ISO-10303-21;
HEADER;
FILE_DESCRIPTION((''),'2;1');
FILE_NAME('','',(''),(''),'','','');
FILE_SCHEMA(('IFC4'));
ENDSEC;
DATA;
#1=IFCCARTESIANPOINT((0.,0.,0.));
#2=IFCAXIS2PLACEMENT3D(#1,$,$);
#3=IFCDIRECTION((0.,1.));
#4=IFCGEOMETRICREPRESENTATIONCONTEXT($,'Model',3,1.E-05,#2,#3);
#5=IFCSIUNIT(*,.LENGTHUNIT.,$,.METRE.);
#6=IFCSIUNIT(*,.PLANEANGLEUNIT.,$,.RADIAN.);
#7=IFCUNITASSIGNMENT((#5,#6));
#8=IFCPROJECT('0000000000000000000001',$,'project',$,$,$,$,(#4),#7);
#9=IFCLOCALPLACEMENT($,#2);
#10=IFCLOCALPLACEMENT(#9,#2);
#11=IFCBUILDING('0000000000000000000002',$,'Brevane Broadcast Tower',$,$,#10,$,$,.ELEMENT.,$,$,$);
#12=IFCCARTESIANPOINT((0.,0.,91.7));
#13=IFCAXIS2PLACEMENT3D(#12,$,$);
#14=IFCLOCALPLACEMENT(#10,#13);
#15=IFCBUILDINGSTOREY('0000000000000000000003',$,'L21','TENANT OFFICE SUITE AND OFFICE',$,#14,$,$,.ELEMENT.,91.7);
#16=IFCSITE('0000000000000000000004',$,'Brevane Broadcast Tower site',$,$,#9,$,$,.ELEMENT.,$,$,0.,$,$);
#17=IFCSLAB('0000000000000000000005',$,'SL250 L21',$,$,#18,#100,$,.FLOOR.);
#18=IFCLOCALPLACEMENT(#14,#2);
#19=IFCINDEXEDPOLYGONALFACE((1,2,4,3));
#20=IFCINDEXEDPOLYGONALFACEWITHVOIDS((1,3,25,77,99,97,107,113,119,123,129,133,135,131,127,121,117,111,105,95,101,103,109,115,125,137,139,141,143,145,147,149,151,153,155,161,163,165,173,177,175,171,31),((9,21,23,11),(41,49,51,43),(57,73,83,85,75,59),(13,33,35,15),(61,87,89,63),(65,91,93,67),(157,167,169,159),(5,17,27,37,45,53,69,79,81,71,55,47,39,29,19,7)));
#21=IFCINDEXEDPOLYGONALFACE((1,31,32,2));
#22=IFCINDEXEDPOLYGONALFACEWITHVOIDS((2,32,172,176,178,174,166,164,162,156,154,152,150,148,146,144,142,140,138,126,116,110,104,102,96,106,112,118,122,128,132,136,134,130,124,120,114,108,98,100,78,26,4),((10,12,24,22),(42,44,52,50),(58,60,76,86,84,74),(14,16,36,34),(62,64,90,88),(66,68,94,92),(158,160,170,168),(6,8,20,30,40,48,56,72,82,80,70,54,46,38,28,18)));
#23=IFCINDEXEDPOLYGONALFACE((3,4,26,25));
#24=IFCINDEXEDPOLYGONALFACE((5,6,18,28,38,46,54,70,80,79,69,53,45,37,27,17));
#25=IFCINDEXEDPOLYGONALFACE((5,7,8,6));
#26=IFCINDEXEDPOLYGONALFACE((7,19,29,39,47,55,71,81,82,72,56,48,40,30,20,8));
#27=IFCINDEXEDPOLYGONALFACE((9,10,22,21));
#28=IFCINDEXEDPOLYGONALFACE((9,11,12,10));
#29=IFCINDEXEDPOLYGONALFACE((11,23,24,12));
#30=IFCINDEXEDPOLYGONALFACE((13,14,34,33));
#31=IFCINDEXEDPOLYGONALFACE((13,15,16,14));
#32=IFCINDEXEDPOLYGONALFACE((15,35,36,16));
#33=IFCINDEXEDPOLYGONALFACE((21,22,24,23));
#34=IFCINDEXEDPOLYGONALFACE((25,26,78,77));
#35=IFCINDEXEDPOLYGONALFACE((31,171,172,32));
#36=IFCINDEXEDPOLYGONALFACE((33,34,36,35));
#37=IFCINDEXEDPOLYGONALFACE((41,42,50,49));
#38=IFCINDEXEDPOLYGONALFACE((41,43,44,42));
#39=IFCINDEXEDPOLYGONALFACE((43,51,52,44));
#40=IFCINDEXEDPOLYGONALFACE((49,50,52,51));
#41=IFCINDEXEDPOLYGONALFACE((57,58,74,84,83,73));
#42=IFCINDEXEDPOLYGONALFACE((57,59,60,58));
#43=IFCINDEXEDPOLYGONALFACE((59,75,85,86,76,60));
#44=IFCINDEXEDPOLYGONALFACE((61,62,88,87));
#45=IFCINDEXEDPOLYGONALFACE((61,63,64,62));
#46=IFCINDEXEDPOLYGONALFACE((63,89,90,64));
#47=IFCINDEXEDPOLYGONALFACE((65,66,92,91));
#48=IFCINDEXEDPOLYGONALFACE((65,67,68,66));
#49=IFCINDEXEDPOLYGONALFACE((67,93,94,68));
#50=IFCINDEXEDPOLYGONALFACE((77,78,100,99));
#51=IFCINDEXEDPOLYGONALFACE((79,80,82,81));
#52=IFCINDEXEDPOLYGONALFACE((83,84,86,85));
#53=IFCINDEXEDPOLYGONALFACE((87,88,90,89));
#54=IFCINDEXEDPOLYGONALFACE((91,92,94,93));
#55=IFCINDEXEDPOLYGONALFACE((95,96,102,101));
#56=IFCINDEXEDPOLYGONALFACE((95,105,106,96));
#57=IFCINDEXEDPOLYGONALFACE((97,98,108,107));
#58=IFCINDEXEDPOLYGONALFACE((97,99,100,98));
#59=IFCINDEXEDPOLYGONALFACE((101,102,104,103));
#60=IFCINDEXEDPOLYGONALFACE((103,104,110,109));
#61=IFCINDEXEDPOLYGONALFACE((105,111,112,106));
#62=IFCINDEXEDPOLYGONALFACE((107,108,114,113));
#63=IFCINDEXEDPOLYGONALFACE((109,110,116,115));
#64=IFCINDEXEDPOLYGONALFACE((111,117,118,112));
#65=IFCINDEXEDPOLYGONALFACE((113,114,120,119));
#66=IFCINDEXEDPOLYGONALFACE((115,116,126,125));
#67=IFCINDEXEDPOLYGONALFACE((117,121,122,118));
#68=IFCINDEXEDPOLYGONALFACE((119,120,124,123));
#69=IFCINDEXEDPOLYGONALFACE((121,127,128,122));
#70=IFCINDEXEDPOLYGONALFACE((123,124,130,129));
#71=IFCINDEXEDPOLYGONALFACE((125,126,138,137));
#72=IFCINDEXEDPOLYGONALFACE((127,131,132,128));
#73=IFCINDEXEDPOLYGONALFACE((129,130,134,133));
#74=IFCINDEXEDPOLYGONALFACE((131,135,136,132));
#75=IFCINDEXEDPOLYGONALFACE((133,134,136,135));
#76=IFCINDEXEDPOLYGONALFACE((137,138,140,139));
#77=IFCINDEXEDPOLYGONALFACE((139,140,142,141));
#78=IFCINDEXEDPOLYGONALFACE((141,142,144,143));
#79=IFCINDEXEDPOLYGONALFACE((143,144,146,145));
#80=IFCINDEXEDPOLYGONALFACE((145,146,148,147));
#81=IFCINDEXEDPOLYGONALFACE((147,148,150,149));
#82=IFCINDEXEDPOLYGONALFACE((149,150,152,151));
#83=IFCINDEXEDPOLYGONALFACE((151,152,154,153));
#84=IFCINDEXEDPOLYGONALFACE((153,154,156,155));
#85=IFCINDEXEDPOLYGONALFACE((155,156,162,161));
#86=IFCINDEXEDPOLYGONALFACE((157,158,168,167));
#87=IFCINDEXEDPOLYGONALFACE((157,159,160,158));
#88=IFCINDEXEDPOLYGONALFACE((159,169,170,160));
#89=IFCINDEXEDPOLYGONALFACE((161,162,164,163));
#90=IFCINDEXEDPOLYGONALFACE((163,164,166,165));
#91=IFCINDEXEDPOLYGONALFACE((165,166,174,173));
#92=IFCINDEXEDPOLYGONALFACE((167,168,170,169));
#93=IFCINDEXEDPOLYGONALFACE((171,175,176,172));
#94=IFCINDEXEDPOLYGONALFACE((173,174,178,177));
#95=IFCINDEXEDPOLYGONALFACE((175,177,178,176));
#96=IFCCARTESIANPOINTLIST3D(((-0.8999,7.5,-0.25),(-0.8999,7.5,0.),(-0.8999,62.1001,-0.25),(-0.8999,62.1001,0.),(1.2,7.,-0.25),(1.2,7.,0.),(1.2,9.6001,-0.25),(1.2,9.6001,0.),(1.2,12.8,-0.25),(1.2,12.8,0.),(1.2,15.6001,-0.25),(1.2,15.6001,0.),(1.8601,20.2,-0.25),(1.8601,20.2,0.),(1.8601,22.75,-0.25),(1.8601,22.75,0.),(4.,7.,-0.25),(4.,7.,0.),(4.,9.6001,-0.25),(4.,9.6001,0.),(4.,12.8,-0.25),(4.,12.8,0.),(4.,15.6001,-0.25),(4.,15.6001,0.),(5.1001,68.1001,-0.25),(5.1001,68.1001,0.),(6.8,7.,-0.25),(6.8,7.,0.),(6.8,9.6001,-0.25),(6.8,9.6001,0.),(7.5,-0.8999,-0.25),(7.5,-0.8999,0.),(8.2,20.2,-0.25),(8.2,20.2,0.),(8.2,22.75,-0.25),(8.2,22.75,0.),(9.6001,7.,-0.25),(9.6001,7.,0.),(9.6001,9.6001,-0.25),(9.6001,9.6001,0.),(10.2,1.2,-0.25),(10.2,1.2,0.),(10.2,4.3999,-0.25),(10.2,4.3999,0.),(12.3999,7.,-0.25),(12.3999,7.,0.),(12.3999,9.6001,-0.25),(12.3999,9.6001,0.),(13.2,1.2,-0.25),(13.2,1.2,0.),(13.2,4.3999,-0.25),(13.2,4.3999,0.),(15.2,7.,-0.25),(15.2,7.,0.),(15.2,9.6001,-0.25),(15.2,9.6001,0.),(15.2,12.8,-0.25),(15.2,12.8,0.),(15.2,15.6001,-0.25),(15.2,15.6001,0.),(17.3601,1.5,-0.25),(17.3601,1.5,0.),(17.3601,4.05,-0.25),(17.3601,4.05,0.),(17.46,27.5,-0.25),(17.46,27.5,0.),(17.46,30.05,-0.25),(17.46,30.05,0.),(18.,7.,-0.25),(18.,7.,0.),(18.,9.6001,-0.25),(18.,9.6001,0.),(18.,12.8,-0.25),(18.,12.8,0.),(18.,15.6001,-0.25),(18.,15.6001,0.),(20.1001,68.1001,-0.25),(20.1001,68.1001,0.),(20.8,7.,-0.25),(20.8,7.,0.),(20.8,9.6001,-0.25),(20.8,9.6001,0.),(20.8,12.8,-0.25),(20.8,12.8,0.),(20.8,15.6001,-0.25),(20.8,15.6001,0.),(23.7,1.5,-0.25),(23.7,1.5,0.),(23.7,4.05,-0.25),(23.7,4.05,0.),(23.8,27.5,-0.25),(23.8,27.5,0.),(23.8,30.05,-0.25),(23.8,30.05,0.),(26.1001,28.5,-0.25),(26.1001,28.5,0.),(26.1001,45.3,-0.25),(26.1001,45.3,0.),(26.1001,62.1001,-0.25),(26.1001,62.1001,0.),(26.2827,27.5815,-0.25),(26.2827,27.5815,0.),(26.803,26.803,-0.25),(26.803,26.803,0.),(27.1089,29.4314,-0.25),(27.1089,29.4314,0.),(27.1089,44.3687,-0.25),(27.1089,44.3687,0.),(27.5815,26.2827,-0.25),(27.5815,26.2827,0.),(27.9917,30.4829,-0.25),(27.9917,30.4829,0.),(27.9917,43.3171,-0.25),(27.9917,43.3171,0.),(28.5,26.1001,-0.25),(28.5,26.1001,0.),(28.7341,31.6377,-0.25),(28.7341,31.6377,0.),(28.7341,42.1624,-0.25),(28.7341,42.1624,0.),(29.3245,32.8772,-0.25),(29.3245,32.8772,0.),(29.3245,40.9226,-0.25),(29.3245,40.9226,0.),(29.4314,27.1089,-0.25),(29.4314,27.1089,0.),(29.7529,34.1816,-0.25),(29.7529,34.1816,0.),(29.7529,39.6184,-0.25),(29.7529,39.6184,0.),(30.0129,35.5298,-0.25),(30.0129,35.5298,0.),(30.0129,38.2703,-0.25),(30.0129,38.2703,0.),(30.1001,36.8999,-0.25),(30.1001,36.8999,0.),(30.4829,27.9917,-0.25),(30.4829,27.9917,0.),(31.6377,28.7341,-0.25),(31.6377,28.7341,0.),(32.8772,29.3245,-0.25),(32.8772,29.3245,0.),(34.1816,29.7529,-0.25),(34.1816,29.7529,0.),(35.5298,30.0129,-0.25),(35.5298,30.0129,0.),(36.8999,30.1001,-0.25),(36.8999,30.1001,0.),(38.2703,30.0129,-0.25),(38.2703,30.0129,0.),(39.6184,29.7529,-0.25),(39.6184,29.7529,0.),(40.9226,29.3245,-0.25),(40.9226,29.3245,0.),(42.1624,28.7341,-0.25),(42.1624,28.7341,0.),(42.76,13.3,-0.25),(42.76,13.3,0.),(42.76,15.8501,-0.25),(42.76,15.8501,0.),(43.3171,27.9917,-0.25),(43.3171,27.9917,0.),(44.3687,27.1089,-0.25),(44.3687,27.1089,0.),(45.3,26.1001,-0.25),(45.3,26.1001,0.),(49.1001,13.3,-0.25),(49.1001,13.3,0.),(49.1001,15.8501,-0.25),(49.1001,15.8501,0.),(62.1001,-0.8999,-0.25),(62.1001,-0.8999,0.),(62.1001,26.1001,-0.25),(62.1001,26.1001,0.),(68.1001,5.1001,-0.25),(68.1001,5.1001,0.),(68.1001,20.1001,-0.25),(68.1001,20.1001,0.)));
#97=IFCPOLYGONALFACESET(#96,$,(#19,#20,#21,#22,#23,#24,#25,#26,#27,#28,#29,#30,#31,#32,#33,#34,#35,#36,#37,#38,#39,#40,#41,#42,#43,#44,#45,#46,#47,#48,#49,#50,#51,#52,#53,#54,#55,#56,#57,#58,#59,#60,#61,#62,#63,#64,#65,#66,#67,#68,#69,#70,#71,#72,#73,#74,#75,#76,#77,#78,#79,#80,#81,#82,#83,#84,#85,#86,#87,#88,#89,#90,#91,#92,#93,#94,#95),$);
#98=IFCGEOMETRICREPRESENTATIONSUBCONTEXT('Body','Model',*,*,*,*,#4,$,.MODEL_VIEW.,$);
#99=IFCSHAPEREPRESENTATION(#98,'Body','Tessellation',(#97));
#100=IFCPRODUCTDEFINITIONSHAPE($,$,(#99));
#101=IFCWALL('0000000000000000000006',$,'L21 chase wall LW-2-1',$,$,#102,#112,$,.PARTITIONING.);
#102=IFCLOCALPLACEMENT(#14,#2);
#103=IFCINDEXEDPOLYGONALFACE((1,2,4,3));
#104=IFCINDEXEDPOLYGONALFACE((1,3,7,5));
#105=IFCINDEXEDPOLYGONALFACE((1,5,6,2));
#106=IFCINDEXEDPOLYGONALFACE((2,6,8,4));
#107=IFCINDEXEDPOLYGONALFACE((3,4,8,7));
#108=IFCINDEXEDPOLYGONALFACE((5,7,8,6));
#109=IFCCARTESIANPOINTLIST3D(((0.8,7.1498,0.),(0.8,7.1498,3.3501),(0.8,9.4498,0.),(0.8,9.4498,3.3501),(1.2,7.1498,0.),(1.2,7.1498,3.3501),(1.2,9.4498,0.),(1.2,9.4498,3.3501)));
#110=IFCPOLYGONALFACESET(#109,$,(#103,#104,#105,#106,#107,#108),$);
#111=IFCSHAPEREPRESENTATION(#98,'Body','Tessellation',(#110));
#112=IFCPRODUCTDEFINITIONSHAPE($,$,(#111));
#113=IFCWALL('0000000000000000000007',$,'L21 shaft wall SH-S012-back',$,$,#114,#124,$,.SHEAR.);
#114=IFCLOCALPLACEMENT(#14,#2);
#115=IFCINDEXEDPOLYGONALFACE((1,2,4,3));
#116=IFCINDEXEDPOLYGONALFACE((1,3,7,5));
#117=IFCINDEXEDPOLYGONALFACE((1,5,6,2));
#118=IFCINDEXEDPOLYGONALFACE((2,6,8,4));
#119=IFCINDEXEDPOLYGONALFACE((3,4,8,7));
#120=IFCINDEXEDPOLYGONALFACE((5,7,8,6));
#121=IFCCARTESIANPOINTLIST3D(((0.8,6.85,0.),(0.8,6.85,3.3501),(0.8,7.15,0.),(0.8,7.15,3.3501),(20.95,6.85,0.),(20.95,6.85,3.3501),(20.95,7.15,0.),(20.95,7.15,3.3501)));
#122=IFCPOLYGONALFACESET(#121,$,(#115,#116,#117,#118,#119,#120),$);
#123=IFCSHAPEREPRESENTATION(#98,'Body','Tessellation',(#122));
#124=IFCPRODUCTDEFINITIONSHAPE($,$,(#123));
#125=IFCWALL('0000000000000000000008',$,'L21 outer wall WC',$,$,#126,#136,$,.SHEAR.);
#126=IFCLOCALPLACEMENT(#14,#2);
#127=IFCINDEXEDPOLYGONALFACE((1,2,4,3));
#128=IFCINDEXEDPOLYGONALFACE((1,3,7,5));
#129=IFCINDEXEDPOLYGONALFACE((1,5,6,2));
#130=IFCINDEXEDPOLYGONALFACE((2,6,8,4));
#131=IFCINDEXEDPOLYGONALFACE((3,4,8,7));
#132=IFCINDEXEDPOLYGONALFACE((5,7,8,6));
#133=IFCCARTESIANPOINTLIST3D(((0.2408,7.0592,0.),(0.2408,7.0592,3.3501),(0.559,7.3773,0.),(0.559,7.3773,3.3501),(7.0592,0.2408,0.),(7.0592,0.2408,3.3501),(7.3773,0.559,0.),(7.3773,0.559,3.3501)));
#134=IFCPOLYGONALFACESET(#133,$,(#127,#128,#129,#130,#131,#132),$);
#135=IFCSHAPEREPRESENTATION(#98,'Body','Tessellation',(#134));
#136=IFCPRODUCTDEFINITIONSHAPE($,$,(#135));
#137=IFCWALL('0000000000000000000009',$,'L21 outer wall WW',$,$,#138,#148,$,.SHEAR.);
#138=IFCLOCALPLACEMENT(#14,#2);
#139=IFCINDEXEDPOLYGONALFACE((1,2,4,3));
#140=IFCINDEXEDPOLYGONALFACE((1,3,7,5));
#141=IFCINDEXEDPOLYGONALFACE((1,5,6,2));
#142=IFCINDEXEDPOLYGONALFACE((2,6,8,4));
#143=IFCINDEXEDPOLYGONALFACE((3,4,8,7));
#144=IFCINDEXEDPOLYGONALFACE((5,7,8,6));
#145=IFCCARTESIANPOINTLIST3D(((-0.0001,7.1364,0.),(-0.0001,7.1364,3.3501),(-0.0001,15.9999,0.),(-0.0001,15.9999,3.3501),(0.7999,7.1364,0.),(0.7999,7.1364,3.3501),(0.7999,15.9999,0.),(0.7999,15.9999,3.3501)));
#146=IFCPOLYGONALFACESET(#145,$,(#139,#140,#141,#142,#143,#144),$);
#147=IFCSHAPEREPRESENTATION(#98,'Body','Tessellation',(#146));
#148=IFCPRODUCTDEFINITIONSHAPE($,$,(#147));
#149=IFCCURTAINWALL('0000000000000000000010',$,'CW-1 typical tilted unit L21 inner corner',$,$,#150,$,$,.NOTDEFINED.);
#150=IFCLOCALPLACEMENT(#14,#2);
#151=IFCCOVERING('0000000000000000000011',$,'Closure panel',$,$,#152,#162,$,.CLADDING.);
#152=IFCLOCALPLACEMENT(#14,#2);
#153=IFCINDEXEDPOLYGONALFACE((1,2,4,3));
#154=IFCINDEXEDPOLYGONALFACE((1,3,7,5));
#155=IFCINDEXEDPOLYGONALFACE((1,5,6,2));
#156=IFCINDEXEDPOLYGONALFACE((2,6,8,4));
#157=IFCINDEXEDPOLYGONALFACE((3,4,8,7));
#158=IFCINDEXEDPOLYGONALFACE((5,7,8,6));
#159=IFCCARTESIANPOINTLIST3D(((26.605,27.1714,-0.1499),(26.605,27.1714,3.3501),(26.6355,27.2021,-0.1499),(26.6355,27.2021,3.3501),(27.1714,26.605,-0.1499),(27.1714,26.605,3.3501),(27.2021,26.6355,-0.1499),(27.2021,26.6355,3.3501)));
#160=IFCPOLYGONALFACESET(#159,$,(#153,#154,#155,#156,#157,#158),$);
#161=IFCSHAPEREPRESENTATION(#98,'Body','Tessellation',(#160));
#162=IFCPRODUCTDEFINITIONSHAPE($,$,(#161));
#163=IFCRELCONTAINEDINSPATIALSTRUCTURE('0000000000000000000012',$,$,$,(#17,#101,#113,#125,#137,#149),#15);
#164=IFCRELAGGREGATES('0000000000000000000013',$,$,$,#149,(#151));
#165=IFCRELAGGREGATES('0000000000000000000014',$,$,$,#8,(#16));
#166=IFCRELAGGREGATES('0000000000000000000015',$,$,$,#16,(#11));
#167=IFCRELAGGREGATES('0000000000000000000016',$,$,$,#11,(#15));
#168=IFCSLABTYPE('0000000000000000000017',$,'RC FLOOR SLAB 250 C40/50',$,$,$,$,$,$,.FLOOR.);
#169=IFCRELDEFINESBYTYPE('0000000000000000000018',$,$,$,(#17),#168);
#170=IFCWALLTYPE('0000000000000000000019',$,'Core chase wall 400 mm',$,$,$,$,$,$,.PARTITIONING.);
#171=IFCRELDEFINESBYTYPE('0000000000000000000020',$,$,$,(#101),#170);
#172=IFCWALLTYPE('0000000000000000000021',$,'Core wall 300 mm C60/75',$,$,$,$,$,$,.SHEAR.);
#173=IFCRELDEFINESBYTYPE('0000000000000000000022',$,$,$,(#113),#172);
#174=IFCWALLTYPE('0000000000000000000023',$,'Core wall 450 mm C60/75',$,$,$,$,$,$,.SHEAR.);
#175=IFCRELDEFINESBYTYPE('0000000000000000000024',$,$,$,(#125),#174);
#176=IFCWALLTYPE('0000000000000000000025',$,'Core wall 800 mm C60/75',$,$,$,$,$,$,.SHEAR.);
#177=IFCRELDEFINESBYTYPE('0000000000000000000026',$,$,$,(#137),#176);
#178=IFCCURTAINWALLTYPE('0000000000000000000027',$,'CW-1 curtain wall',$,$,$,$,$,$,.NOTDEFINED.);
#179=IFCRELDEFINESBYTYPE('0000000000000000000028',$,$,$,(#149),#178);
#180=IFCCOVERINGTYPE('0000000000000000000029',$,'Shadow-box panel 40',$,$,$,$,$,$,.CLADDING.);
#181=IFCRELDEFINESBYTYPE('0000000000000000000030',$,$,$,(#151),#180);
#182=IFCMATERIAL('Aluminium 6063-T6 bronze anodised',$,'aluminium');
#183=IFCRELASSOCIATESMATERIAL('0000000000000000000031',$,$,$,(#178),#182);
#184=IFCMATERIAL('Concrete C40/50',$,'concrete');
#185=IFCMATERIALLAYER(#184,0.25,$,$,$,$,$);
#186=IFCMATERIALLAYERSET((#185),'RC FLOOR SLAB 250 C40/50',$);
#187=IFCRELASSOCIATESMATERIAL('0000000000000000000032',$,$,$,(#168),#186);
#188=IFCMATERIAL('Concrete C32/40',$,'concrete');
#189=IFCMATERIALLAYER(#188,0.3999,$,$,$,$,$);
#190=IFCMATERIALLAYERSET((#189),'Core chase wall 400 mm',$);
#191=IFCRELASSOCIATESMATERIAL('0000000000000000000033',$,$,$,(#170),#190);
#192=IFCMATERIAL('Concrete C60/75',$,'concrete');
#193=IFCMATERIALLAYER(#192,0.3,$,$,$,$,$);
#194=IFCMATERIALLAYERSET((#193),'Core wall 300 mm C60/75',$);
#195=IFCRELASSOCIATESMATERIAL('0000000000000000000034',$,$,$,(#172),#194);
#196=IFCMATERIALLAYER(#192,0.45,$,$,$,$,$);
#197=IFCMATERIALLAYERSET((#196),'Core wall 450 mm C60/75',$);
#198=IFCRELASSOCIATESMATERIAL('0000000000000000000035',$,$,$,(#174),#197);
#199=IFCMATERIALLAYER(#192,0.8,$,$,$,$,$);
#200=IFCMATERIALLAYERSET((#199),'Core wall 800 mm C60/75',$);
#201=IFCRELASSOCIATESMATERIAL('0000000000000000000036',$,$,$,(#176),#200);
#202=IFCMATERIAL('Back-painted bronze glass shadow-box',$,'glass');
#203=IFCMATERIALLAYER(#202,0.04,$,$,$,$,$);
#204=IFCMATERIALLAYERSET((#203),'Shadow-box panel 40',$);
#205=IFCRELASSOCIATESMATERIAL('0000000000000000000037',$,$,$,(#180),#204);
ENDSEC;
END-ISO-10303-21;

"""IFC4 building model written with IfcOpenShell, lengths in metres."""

from ifc_helpers import new_model, si_unit, direction, frame, frame_2d, origin, place, context, subcontext, project, spatial, polyline, rectangle, outline, extrude, material, layer, layer_set, type_object, element, aggregate, save


model = new_model("IFC4")

# Units and contexts
model_context = context("Model", 3, precision=1e-05, world=origin(), true_north=direction((0.0, 1.0)))
body_context = subcontext(model_context, "Body", "Model", "MODEL_VIEW")
ifc_project = project(units=[si_unit("LENGTHUNIT", "METRE"), si_unit("PLANEANGLEUNIT", "RADIAN")], contexts=[model_context])

# Site, building, storey
site_placement = place(None, origin())
site = spatial("IfcSite", under=ifc_project, at=site_placement, Name="Brevane Broadcast Tower site", CompositionType="ELEMENT", RefElevation=0.0)
building_placement = place(site_placement, origin())
building = spatial("IfcBuilding", under=site, at=building_placement, Name="Brevane Broadcast Tower", CompositionType="ELEMENT")
storey_placement = place(building_placement, frame((0.0, 0.0, 91.7)))
storey = spatial("IfcBuildingStorey", under=building, at=storey_placement, Name="L21", Description="TENANT OFFICE SUITE AND OFFICE", CompositionType="ELEMENT", Elevation=91.7)

# Shared definitions
ifc_material_1 = material(Name="Aluminium 6063-T6 bronze anodised", Category="aluminium")
curtain_wall_type = type_object("IfcCurtainWallType", Name="CW-1 curtain wall", PredefinedType="NOTDEFINED", material=ifc_material_1)

# Slab
ifc_material_2 = material(Name="Concrete C40/50", Category="concrete")
ifc_layer_1 = layer(ifc_material_2, 0.25)
ifc_layer_set_1 = layer_set([ifc_layer_1], Name="RC FLOOR SLAB 250 C40/50")
slab_type_1 = type_object("IfcSlabType", Name="RC FLOOR SLAB 250 C40/50", PredefinedType="FLOOR", material=ifc_layer_set_1)
slab_1_placement = place(storey_placement, frame((0.0, 0.0, -0.25)))
element("IfcSlab", 1, at=slab_1_placement, inside=storey, type_object=slab_type_1, Name="SL250 L21", PredefinedType="FLOOR", context=body_context, shape_type="SweptSolid", body=[
    extrude(outline(polyline([(-0.8999, 7.5), (-0.8999, 62.1001), (5.1001, 68.1001), (20.1001, 68.1001), (26.1001, 62.1001), (26.1001, 45.3), (27.1089, 44.3687), (27.9917, 43.3171), (28.7341, 42.1624), (29.3245, 40.9226), (29.7529, 39.6184), (30.0129, 38.2703), (30.1001, 36.8999), (30.0129, 35.5298), (29.7529, 34.1816), (29.3245, 32.8772), (28.7341, 31.6377), (27.9917, 30.4829), (27.1089, 29.4314), (26.1001, 28.5), (26.2827, 27.5815), (26.803, 26.803), (27.5815, 26.2827), (28.5, 26.1001), (29.4314, 27.1089), (30.4829, 27.9917), (31.6377, 28.7341), (32.8772, 29.3245), (34.1816, 29.7529), (35.5298, 30.0129), (36.8999, 30.1001), (38.2703, 30.0129), (39.6184, 29.7529), (40.9226, 29.3245), (42.1624, 28.7341), (43.3171, 27.9917), (44.3687, 27.1089), (45.3, 26.1001), (62.1001, 26.1001), (68.1001, 20.1001), (68.1001, 5.1001), (62.1001, -0.8999), (7.5, -0.8999), (-0.8999, 7.5)]), holes=[polyline([(13.2, 4.3999), (10.2, 4.3999), (10.2, 1.2), (13.2, 1.2), (13.2, 4.3999)]), polyline([(4.0, 9.6001), (1.2, 9.6001), (1.2, 7.0), (4.0, 7.0), (6.8, 7.0), (9.6001, 7.0), (12.3999, 7.0), (15.2, 7.0), (18.0, 7.0), (20.8, 7.0), (20.8, 9.6001), (18.0, 9.6001), (15.2, 9.6001), (12.3999, 9.6001), (9.6001, 9.6001), (6.8, 9.6001), (4.0, 9.6001)]), polyline([(4.0, 12.8), (4.0, 15.6001), (1.2, 15.6001), (1.2, 12.8), (4.0, 12.8)]), polyline([(8.2, 22.75), (1.8601, 22.75), (1.8601, 20.2), (8.2, 20.2), (8.2, 22.75)]), polyline([(23.7, 4.05), (17.3601, 4.05), (17.3601, 1.5), (23.7, 1.5), (23.7, 4.05)]), polyline([(18.0, 15.6001), (15.2, 15.6001), (15.2, 12.8), (18.0, 12.8), (20.8, 12.8), (20.8, 15.6001), (18.0, 15.6001)]), polyline([(49.1001, 15.8501), (42.76, 15.8501), (42.76, 13.3), (49.1001, 13.3), (49.1001, 15.8501)]), polyline([(23.8, 30.05), (17.46, 30.05), (17.46, 27.5), (23.8, 27.5), (23.8, 30.05)])]), origin(), (0.0, 0.0, 1.0), 0.25),
])

# Walls
ifc_material_3 = material(Name="Concrete C32/40", Category="concrete")
ifc_layer_2 = layer(ifc_material_3, 0.3999)
ifc_layer_set_2 = layer_set([ifc_layer_2], Name="Core chase wall 400 mm")
wall_type_1 = type_object("IfcWallType", Name="Core chase wall 400 mm", PredefinedType="PARTITIONING", material=ifc_layer_set_2)
wall_1_placement = place(storey_placement, frame((1.0, 7.1499, 0.0), z_axis=(0.0, 0.0, 1.0), x_axis=(0.0, 1.0, 0.0)))
element("IfcWall", 2, at=wall_1_placement, inside=storey, type_object=wall_type_1, Name="L21 chase wall LW-2-1", PredefinedType="PARTITIONING", context=body_context, shape_type="SweptSolid", body=[
    extrude(rectangle(XDim=2.3, YDim=0.3999, at=frame_2d((1.1499, 0.0))), origin(), (0.0, 0.0, 1.0), 3.3501),
])
ifc_material_4 = material(Name="Concrete C60/75", Category="concrete")
ifc_layer_3 = layer(ifc_material_4, 0.3)
ifc_layer_set_3 = layer_set([ifc_layer_3], Name="Core wall 300 mm C60/75")
wall_type_2 = type_object("IfcWallType", Name="Core wall 300 mm C60/75", PredefinedType="SHEAR", material=ifc_layer_set_3)
wall_2_placement = place(storey_placement, frame((0.8, 7.0, 0.0), z_axis=(0.0, 0.0, 1.0), x_axis=(1.0, 0.0, 0.0)))
element("IfcWall", 3, at=wall_2_placement, inside=storey, type_object=wall_type_2, Name="L21 shaft wall SH-S012-back", PredefinedType="SHEAR", context=body_context, shape_type="SweptSolid", body=[
    extrude(rectangle(XDim=20.1499, YDim=0.3, at=frame_2d((10.075, 0.0))), origin(), (0.0, 0.0, 1.0), 3.3501),
])
ifc_layer_4 = layer(ifc_material_4, 0.45)
ifc_layer_set_4 = layer_set([ifc_layer_4], Name="Core wall 450 mm C60/75")
wall_type_3 = type_object("IfcWallType", Name="Core wall 450 mm C60/75", PredefinedType="SHEAR", material=ifc_layer_set_4)
wall_3_placement = place(storey_placement, frame((0.3999, 7.2183, 0.0), z_axis=(0.0, 0.0, 1.0), x_axis=(0.707107, -0.707107, 0.0)))
element("IfcWall", 4, at=wall_3_placement, inside=storey, type_object=wall_type_3, Name="L21 outer wall WC", PredefinedType="SHEAR", context=body_context, shape_type="SweptSolid", body=[
    extrude(rectangle(XDim=9.6426, YDim=0.45, at=frame_2d((4.8213, 0.0))), origin(), (0.0, 0.0, 1.0), 3.3501),
])
ifc_layer_5 = layer(ifc_material_4, 0.8)
ifc_layer_set_5 = layer_set([ifc_layer_5], Name="Core wall 800 mm C60/75")
wall_type_4 = type_object("IfcWallType", Name="Core wall 800 mm C60/75", PredefinedType="SHEAR", material=ifc_layer_set_5)
wall_4_placement = place(storey_placement, frame((0.3999, 7.1365, 0.0), z_axis=(0.0, 0.0, 1.0), x_axis=(0.0, 1.0, 0.0)))
element("IfcWall", 5, at=wall_4_placement, inside=storey, type_object=wall_type_4, Name="L21 outer wall WW", PredefinedType="SHEAR", context=body_context, shape_type="SweptSolid", body=[
    extrude(rectangle(XDim=8.8635, YDim=0.8, at=frame_2d((4.4316, 0.0))), origin(), (0.0, 0.0, 1.0), 3.3501),
])

# Curtain wall, covering
curtain_wall_1_placement = place(storey_placement, origin())
curtain_wall_1 = element("IfcCurtainWall", 6, at=curtain_wall_1_placement, inside=storey, type_object=curtain_wall_type, Name="CW-1 typical tilted unit L21 inner corner", PredefinedType="NOTDEFINED")
ifc_material_5 = material(Name="Back-painted bronze glass shadow-box", Category="glass")
ifc_layer_6 = layer(ifc_material_5, 0.04)
ifc_layer_set_6 = layer_set([ifc_layer_6], Name="Shadow-box panel 40")
covering_type = type_object("IfcCoveringType", Name="Shadow-box panel 40", PredefinedType="CLADDING", material=ifc_layer_set_6)
covering_placement = place(storey_placement, frame((0.0, 0.0, -0.1499)))
covering = element("IfcCovering", 7, at=covering_placement, type_object=covering_type, Name="Closure panel", PredefinedType="CLADDING", context=body_context, shape_type="SweptSolid", body=[
    extrude(outline(polyline([(27.1714, 26.605), (27.2021, 26.6355), (26.6355, 27.2021), (26.605, 27.1714), (27.1714, 26.605)])), origin(), (0.0, 0.0, 1.0), 3.5),
])
aggregate(curtain_wall_1, [covering])

save(model, "model.ifc")
